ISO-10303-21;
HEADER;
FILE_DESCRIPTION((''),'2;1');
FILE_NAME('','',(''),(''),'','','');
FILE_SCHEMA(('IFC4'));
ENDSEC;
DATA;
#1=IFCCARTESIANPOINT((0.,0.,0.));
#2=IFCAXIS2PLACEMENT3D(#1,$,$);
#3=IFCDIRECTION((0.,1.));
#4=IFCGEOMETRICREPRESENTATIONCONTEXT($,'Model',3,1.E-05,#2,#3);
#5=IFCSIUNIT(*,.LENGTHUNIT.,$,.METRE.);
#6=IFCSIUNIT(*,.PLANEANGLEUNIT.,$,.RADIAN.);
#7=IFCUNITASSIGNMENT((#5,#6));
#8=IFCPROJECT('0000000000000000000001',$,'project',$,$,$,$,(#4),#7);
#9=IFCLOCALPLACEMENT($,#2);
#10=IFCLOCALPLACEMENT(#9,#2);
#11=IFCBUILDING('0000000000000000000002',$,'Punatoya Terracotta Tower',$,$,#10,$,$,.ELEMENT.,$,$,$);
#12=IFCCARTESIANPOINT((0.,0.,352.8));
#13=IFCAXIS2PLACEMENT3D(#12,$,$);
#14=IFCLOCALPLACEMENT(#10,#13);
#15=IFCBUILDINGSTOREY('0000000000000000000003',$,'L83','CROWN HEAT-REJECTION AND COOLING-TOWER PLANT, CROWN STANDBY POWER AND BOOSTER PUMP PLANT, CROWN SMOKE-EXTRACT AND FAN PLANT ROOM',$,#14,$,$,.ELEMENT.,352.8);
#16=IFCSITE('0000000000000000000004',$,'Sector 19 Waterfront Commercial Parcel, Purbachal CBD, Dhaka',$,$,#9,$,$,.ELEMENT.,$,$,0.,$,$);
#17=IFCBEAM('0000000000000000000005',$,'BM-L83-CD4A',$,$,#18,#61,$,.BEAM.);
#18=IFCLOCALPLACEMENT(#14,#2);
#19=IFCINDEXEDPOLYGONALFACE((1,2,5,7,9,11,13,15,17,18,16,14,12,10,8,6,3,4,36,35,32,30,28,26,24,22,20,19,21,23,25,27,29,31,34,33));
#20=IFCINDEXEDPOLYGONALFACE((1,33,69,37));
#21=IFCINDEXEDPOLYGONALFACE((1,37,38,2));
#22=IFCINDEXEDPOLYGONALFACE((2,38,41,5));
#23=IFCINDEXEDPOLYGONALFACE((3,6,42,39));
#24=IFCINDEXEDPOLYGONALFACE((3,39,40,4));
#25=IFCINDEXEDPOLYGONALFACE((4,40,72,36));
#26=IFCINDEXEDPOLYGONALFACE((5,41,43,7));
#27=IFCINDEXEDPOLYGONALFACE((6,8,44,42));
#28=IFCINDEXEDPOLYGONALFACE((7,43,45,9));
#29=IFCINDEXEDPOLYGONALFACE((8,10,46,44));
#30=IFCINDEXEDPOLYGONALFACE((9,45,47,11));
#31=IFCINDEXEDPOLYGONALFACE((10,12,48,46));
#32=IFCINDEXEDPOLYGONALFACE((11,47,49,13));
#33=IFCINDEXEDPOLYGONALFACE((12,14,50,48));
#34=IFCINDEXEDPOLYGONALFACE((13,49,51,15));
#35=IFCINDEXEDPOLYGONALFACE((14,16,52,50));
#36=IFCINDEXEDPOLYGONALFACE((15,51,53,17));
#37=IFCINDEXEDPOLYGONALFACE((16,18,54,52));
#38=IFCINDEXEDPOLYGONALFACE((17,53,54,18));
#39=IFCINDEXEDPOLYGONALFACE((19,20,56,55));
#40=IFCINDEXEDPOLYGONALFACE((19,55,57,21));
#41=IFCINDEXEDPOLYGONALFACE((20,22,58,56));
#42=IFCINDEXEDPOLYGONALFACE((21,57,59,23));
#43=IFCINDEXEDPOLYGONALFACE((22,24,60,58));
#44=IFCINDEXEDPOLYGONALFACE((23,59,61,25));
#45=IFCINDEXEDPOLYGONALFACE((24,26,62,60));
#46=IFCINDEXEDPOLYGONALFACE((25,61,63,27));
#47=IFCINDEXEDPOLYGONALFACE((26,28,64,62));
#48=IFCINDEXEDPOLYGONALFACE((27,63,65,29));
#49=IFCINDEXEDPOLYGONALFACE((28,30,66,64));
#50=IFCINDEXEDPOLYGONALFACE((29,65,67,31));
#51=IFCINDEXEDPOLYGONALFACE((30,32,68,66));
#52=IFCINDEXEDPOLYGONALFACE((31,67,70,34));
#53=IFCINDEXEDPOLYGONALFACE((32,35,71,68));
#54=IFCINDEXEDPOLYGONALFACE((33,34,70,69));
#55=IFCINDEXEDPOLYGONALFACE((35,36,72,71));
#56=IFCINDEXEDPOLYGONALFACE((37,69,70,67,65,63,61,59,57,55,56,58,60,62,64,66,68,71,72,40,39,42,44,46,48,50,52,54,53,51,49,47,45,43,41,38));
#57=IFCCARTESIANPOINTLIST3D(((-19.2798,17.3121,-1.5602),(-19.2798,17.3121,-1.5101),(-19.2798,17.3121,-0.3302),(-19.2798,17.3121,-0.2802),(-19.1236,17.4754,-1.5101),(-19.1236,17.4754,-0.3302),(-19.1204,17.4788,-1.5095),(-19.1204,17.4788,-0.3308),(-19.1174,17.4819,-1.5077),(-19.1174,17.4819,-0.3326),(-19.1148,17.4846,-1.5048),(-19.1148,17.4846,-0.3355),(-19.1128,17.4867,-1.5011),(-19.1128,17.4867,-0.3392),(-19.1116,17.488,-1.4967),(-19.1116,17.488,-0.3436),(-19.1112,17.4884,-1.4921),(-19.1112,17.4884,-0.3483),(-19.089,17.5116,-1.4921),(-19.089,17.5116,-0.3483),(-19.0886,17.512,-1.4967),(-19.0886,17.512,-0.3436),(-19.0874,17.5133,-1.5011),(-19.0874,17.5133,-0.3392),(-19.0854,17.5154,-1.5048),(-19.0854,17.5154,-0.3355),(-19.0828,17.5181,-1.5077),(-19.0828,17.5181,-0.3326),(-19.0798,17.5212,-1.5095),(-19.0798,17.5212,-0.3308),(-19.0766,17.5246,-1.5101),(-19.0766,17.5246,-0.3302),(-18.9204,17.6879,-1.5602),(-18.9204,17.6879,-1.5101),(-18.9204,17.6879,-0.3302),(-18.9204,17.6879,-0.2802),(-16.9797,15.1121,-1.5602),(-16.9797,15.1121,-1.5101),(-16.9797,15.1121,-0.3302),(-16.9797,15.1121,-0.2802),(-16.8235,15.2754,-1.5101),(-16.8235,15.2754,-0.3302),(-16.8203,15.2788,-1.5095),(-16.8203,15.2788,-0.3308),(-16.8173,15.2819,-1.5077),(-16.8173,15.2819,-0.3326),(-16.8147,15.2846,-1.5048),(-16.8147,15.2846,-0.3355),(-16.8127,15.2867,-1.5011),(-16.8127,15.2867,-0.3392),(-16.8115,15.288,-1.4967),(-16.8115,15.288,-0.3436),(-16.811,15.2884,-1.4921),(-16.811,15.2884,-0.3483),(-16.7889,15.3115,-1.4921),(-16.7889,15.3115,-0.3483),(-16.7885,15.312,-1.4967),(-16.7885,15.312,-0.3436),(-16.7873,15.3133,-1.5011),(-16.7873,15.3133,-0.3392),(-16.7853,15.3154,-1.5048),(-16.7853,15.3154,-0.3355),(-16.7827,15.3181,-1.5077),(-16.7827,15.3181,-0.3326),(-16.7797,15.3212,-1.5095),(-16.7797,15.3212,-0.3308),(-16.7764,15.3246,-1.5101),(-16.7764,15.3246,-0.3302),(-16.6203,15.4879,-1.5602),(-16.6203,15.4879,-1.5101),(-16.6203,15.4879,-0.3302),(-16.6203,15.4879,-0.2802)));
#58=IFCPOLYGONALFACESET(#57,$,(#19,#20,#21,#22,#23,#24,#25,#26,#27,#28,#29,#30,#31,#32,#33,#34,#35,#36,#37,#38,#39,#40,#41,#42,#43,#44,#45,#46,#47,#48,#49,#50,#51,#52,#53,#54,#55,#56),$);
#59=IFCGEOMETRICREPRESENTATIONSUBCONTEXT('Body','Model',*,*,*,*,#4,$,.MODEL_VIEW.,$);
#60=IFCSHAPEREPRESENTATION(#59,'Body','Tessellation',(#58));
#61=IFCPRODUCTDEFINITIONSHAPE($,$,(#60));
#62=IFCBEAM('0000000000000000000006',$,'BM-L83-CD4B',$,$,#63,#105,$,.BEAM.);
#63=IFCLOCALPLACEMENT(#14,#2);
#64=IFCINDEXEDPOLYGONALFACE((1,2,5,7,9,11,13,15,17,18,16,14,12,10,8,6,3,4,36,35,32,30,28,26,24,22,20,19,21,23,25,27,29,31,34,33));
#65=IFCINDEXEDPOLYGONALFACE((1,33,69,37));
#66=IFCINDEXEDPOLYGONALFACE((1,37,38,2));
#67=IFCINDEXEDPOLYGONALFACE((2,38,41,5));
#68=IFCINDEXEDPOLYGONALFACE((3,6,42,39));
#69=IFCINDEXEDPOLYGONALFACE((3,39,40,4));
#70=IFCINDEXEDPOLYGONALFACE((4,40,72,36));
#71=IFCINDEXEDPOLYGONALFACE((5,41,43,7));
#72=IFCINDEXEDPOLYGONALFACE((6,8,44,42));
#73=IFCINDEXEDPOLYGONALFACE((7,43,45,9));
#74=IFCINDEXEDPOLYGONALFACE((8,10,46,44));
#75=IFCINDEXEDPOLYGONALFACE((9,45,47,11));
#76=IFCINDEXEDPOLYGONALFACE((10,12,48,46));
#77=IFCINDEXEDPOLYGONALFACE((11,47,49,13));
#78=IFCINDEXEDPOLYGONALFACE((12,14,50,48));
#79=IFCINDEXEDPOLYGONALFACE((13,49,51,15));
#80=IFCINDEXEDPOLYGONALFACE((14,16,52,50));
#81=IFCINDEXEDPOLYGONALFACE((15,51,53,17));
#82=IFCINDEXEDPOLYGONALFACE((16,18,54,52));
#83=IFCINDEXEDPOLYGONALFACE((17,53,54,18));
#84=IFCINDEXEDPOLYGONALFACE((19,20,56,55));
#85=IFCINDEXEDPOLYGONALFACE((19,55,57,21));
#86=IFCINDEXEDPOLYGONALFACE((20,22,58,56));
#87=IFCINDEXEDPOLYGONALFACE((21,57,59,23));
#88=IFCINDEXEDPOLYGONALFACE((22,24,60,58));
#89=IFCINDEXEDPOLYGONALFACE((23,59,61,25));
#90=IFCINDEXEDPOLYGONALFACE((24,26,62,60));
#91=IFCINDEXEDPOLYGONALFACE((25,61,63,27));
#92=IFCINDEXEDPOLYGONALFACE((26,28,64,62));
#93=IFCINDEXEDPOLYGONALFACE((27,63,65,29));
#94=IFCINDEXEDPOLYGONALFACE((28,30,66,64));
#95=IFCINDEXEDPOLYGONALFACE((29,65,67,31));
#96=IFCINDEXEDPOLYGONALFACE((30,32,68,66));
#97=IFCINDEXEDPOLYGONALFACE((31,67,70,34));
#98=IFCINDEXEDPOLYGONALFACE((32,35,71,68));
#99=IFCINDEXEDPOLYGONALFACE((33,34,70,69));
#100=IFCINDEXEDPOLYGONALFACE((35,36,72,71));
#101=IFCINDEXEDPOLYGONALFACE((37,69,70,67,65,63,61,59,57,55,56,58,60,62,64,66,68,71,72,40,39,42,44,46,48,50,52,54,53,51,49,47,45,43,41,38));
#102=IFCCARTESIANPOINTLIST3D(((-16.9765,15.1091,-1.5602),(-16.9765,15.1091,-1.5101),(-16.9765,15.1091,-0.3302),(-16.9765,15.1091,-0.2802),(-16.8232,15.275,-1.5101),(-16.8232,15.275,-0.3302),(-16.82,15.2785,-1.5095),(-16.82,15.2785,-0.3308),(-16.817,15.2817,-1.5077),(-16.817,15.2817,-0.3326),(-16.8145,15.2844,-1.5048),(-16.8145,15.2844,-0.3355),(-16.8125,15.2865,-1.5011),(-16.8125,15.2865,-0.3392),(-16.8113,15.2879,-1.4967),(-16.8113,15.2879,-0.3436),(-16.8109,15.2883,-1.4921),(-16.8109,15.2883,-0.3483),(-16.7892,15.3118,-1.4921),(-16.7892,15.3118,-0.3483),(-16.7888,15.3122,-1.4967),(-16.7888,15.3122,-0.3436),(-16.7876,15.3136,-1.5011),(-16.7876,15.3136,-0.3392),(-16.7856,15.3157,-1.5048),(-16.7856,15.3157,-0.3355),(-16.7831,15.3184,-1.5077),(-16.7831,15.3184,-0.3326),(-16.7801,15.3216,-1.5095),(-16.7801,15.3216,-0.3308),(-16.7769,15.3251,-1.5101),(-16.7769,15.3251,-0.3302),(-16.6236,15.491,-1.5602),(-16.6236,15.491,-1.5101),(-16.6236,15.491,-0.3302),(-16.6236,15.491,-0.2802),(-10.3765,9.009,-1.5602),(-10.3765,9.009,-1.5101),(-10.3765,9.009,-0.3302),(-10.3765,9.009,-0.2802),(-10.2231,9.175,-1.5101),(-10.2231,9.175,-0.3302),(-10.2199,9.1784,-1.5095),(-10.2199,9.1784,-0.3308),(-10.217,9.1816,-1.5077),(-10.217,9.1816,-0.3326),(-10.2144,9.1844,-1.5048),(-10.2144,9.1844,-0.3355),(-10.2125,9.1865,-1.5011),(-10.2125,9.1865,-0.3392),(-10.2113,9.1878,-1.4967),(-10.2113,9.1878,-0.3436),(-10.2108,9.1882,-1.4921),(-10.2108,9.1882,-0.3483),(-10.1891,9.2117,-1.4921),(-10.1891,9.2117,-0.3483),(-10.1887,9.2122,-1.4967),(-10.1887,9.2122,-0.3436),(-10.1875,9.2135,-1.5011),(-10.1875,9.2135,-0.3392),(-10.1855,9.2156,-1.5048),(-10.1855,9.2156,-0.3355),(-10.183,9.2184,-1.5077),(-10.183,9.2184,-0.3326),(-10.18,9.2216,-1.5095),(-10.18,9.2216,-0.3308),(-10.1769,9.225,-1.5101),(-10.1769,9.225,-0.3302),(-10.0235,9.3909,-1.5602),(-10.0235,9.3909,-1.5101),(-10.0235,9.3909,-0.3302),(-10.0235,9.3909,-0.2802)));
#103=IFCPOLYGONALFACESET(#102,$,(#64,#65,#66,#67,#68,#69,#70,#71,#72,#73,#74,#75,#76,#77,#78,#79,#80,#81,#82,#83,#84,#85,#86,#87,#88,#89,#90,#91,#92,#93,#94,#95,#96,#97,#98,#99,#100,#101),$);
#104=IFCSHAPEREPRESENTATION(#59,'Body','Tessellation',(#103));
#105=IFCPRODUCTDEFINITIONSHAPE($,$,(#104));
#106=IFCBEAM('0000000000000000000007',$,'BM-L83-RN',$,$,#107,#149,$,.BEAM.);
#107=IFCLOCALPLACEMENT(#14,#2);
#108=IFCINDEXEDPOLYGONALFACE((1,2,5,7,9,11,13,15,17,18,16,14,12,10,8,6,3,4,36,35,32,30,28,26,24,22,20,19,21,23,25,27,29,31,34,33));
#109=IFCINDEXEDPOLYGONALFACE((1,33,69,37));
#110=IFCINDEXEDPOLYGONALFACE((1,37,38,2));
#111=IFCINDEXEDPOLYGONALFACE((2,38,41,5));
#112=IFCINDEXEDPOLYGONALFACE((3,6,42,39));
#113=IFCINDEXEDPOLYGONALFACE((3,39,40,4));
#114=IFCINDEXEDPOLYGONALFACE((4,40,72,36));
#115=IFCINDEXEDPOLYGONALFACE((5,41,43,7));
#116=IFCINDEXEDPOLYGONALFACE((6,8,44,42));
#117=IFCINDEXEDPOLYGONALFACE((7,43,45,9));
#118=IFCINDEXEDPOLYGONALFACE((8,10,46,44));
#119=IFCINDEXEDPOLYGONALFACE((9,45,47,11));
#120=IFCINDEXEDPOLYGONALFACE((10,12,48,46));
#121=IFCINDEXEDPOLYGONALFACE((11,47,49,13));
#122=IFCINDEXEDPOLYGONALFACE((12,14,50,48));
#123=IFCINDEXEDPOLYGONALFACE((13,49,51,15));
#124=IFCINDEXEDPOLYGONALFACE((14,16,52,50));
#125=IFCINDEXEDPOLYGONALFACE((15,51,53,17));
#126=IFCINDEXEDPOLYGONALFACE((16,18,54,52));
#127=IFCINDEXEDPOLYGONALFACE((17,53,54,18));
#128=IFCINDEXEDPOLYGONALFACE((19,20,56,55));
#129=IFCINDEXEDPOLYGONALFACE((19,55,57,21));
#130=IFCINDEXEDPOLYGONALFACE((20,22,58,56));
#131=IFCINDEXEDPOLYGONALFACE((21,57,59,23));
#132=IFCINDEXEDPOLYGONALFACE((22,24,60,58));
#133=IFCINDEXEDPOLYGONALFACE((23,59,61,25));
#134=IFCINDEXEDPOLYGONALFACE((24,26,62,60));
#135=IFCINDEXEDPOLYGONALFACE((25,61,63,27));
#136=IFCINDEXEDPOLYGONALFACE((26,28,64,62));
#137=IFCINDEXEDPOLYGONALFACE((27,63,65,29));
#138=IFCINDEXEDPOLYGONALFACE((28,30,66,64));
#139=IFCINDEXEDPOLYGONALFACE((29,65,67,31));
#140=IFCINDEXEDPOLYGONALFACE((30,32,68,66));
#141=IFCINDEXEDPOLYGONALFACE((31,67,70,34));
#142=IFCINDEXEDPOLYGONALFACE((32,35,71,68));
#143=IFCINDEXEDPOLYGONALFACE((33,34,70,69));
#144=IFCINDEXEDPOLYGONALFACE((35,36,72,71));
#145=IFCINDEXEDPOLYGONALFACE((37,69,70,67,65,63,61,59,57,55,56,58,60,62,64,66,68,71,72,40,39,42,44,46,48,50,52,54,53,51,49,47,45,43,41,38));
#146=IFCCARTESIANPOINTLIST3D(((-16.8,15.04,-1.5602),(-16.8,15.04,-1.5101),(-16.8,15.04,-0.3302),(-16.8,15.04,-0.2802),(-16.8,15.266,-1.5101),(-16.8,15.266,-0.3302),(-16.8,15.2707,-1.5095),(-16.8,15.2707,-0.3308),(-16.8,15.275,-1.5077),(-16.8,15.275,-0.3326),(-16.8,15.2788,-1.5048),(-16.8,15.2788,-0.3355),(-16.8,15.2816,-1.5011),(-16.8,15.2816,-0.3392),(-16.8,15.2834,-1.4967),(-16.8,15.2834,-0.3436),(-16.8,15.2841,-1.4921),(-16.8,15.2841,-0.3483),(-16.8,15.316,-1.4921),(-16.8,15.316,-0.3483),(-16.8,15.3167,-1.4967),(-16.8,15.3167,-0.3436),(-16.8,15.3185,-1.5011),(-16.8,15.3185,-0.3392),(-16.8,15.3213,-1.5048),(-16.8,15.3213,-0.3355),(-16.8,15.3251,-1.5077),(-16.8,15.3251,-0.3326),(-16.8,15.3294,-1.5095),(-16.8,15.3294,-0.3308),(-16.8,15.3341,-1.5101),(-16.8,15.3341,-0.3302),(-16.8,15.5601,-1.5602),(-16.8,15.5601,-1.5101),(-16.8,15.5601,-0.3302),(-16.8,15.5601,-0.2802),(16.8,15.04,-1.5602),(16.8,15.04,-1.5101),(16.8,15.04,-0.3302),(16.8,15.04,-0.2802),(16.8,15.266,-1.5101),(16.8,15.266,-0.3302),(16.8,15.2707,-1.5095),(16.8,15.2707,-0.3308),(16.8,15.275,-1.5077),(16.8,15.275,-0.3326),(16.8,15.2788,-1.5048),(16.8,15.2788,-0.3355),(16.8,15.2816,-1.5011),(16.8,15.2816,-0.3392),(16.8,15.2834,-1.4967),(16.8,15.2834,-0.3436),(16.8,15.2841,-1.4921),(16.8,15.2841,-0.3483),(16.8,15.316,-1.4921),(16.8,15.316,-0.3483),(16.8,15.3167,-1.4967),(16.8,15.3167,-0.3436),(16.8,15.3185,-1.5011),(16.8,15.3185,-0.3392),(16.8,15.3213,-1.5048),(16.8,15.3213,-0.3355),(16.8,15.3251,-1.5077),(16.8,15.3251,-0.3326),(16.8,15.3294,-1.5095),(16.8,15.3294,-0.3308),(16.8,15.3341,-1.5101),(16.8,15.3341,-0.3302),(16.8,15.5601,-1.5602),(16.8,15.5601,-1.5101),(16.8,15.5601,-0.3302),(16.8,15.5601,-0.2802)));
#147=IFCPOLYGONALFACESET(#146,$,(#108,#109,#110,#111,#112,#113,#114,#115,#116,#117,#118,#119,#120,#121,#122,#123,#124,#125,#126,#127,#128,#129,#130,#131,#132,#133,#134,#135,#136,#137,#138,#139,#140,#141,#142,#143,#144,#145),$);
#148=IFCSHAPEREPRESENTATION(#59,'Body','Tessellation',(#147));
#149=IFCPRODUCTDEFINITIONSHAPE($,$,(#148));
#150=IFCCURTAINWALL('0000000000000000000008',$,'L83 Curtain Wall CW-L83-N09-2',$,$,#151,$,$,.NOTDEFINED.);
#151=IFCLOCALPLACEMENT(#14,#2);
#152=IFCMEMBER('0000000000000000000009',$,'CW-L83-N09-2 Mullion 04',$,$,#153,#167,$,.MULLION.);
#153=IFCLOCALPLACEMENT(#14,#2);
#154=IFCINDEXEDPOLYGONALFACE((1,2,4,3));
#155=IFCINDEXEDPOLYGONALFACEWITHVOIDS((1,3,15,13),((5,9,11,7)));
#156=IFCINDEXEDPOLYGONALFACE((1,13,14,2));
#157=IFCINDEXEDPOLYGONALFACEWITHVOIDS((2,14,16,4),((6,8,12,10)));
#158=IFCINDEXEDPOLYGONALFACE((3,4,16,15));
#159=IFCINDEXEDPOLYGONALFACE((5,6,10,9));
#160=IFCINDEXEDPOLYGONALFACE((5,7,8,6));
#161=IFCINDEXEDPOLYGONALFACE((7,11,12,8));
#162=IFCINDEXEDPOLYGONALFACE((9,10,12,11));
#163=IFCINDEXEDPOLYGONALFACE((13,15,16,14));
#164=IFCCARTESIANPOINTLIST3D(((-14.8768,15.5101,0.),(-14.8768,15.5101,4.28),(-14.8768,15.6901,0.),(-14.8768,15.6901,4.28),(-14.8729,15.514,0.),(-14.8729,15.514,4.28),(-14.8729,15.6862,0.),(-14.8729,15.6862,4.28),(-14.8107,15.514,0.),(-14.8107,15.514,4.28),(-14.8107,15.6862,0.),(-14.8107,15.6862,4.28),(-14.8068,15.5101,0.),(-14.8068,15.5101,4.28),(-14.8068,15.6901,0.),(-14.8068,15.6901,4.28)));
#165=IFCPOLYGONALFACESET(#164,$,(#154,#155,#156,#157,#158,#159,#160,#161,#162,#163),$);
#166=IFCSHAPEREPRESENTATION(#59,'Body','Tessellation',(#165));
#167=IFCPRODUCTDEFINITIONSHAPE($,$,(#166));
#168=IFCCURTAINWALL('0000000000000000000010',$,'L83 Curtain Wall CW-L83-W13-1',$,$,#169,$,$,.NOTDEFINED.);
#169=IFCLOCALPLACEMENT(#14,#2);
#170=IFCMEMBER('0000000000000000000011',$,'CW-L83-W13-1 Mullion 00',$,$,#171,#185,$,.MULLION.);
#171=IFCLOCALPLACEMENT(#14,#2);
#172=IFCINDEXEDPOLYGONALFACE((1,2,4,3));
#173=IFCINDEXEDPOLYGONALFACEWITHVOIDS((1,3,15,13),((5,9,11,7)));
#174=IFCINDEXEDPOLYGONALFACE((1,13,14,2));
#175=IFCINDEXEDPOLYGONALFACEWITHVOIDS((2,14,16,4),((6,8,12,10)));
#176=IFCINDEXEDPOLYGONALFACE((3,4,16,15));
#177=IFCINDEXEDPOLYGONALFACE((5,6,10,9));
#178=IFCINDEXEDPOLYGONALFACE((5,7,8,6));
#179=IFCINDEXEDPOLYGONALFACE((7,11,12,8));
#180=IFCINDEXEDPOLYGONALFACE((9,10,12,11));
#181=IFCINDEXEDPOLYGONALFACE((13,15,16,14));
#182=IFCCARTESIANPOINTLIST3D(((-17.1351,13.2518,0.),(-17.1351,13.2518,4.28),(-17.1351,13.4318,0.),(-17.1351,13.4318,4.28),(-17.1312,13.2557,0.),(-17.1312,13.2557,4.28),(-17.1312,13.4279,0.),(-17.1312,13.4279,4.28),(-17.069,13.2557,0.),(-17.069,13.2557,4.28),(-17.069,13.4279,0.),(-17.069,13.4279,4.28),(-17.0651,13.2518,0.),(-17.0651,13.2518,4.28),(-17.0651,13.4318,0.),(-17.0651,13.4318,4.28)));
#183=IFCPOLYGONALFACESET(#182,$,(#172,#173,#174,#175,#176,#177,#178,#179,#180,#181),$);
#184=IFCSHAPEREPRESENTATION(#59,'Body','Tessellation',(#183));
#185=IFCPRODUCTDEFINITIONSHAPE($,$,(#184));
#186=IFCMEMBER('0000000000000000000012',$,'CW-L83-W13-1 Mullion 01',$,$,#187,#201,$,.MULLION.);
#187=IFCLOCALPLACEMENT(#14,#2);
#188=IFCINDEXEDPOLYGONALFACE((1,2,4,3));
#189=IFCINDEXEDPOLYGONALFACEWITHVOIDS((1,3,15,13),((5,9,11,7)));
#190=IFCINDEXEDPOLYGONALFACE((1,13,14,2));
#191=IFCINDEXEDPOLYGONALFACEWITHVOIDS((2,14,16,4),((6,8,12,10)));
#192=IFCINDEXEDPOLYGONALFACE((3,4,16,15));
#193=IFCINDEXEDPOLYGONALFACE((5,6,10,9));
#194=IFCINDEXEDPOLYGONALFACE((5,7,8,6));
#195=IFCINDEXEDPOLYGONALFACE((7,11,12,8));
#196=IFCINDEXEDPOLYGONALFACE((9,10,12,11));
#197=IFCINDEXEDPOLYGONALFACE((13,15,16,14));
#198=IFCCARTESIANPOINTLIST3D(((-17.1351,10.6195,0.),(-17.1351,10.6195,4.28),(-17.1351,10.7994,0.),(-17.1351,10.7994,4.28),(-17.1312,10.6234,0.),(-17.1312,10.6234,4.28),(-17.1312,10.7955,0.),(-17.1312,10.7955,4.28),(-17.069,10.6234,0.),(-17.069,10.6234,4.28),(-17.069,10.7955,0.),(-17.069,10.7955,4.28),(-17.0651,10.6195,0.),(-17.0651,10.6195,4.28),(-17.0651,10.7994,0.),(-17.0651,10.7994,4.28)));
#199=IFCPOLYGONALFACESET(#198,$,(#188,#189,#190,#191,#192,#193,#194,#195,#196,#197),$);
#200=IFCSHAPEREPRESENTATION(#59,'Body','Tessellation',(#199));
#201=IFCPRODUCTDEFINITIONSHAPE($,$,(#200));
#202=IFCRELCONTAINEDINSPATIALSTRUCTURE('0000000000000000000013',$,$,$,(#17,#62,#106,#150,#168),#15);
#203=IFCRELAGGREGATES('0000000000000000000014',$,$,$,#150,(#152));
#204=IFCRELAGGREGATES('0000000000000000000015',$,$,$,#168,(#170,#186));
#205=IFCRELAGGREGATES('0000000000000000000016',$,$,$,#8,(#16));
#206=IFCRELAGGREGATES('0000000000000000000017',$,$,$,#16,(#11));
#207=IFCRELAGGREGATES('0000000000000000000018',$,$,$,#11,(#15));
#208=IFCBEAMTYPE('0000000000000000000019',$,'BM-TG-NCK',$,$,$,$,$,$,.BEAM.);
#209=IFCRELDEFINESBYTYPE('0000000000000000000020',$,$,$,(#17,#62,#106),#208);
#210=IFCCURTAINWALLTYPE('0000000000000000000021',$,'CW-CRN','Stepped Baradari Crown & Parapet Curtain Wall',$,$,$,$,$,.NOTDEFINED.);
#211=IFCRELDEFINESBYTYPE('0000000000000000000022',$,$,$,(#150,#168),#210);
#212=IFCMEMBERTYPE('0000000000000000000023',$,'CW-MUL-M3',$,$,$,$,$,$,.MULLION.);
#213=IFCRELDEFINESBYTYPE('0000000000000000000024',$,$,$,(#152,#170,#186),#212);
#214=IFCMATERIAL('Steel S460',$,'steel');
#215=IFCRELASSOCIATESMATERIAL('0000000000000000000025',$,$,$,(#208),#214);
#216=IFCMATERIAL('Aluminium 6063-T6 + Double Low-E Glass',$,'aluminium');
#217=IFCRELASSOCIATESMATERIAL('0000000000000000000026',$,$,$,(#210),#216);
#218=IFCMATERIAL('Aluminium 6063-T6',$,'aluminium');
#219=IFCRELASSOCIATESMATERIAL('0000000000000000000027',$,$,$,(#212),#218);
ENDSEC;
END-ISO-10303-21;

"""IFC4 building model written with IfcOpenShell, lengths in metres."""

from ifc_helpers import new_model, si_unit, direction, frame, origin, origin_2d, place, context, subcontext, project, spatial, hollow_rectangle, i_section, extrude, material, material_profile, profile_set, type_object, element, aggregate, save


model = new_model("IFC4")

# Units and contexts
model_context = context("Model", 3, precision=1e-05, world=origin(), true_north=direction((0.0, 1.0)))
body_context = subcontext(model_context, "Body", "Model", "MODEL_VIEW")
ifc_project = project(units=[si_unit("LENGTHUNIT", "METRE"), si_unit("PLANEANGLEUNIT", "RADIAN")], contexts=[model_context])

# Site, building, storey
site_placement = place(None, origin())
site = spatial("IfcSite", under=ifc_project, at=site_placement, Name="Sector 19 Waterfront Commercial Parcel, Purbachal CBD, Dhaka", CompositionType="ELEMENT", RefElevation=0.0)
building_placement = place(site_placement, origin())
building = spatial("IfcBuilding", under=site, at=building_placement, Name="Punatoya Terracotta Tower", CompositionType="ELEMENT")
storey_placement = place(building_placement, frame((0.0, 0.0, 352.8)))
storey = spatial("IfcBuildingStorey", under=building, at=storey_placement, Name="L83", Description="CROWN HEAT-REJECTION AND COOLING-TOWER PLANT, CROWN STANDBY POWER AND BOOSTER PUMP PLANT, CROWN SMOKE-EXTRACT AND FAN PLANT ROOM", CompositionType="ELEMENT", Elevation=352.8)

# Beams
ifc_material_1 = material(Name="Steel S460", Category="steel")
ifc_material_profile_1 = material_profile(ifc_material_1, i_section(OverallWidth=0.52, OverallDepth=1.28, WebThickness=0.032, FlangeThickness=0.05, FilletRadius=0.0181, at=origin_2d()))
ifc_profile_set_1 = profile_set([ifc_material_profile_1], Name="Steel S460")
beam_type_1 = type_object("IfcBeamType", Name="BM-TG-NCK", PredefinedType="BEAM", material=ifc_profile_set_1)
beam_1_placement = place(storey_placement, frame((-19.1001, 17.5, -0.9202), z_axis=(0.722657, -0.691207, 0.0), x_axis=(0.691207, 0.722657, 0.0)))
element("IfcBeam", 1, at=beam_1_placement, inside=storey, type_object=beam_type_1, Name="BM-L83-CD4A", PredefinedType="BEAM", context=body_context, shape_type="SweptSolid", body=[
    extrude(i_section(OverallWidth=0.52, OverallDepth=1.28, WebThickness=0.032, FlangeThickness=0.05, FilletRadius=0.0181, at=origin_2d()), origin(), (0.0, 0.0, 1.0), 3.1829),
])
beam_2_placement = place(storey_placement, frame((-16.8, 15.3, -0.9202), z_axis=(0.734376, -0.678743, 0.0), x_axis=(0.678743, 0.734376, 0.0)))
element("IfcBeam", 2, at=beam_2_placement, inside=storey, type_object=beam_type_1, Name="BM-L83-CD4B", PredefinedType="BEAM", context=body_context, shape_type="SweptSolid", body=[
    extrude(i_section(OverallWidth=0.52, OverallDepth=1.28, WebThickness=0.032, FlangeThickness=0.05, FilletRadius=0.0181, at=origin_2d()), origin(), (0.0, 0.0, 1.0), 8.9873),
])
beam_3_placement = place(storey_placement, frame((-16.8, 15.3, -0.9202), z_axis=(1.0, 0.0, 0.0), x_axis=(0.0, 1.0, 0.0)))
element("IfcBeam", 3, at=beam_3_placement, inside=storey, type_object=beam_type_1, Name="BM-L83-RN", PredefinedType="BEAM", context=body_context, shape_type="SweptSolid", body=[
    extrude(i_section(OverallWidth=0.52, OverallDepth=1.28, WebThickness=0.032, FlangeThickness=0.05, FilletRadius=0.0181, at=origin_2d()), origin(), (0.0, 0.0, 1.0), 33.6001),
])

# Curtain wall, member
ifc_material_2 = material(Name="Aluminium 6063-T6 + Double Low-E Glass", Category="aluminium")
curtain_wall_type = type_object("IfcCurtainWallType", Name="CW-CRN", Description="Stepped Baradari Crown & Parapet Curtain Wall", PredefinedType="NOTDEFINED", material=ifc_material_2)
curtain_wall_1_placement = place(storey_placement, origin())
curtain_wall_1 = element("IfcCurtainWall", 4, at=curtain_wall_1_placement, inside=storey, type_object=curtain_wall_type, Name="L83 Curtain Wall CW-L83-N09-2", PredefinedType="NOTDEFINED")
ifc_material_3 = material(Name="Aluminium 6063-T6", Category="aluminium")
ifc_material_profile_2 = material_profile(ifc_material_3, hollow_rectangle(XDim=0.0701, YDim=0.1799, WallThickness=0.0039, at=origin_2d()))
ifc_profile_set_2 = profile_set([ifc_material_profile_2], Name="Aluminium 6063-T6")
member_type_1 = type_object("IfcMemberType", Name="CW-MUL-M3", PredefinedType="MULLION", material=ifc_profile_set_2)
member_1_placement = place(storey_placement, frame((-14.8418, 15.6001, 0.0), z_axis=(0.0, 0.0, 1.0), x_axis=(1.0, 0.0, 0.0)))
member_1 = element("IfcMember", 5, at=member_1_placement, type_object=member_type_1, Name="CW-L83-N09-2 Mullion 04", PredefinedType="MULLION", context=body_context, shape_type="SweptSolid", body=[
    extrude(hollow_rectangle(XDim=0.0701, YDim=0.1799, WallThickness=0.0039, at=origin_2d()), origin(), (0.0, 0.0, 1.0), 4.28),
])

# Curtain wall, members
curtain_wall_2_placement = place(storey_placement, origin())
curtain_wall_2 = element("IfcCurtainWall", 6, at=curtain_wall_2_placement, inside=storey, type_object=curtain_wall_type, Name="L83 Curtain Wall CW-L83-W13-1", PredefinedType="NOTDEFINED")
member_2_placement = place(storey_placement, frame((-17.1001, 13.3418, 0.0), z_axis=(0.0, 0.0, 1.0), x_axis=(1.0, 0.0, 0.0)))
member_2 = element("IfcMember", 7, at=member_2_placement, type_object=member_type_1, Name="CW-L83-W13-1 Mullion 00", PredefinedType="MULLION", context=body_context, shape_type="SweptSolid", body=[
    extrude(hollow_rectangle(XDim=0.0701, YDim=0.1799, WallThickness=0.0039, at=origin_2d()), origin(), (0.0, 0.0, 1.0), 4.28),
])
member_3_placement = place(storey_placement, frame((-17.1001, 10.7095, 0.0), z_axis=(0.0, 0.0, 1.0), x_axis=(1.0, 0.0, 0.0)))
member_3 = element("IfcMember", 8, at=member_3_placement, type_object=member_type_1, Name="CW-L83-W13-1 Mullion 01", PredefinedType="MULLION", context=body_context, shape_type="SweptSolid", body=[
    extrude(hollow_rectangle(XDim=0.0701, YDim=0.1799, WallThickness=0.0039, at=origin_2d()), origin(), (0.0, 0.0, 1.0), 4.28),
])

aggregate(curtain_wall_1, [member_1])
aggregate(curtain_wall_2, [member_2, member_3])

save(model, "model.ifc")
